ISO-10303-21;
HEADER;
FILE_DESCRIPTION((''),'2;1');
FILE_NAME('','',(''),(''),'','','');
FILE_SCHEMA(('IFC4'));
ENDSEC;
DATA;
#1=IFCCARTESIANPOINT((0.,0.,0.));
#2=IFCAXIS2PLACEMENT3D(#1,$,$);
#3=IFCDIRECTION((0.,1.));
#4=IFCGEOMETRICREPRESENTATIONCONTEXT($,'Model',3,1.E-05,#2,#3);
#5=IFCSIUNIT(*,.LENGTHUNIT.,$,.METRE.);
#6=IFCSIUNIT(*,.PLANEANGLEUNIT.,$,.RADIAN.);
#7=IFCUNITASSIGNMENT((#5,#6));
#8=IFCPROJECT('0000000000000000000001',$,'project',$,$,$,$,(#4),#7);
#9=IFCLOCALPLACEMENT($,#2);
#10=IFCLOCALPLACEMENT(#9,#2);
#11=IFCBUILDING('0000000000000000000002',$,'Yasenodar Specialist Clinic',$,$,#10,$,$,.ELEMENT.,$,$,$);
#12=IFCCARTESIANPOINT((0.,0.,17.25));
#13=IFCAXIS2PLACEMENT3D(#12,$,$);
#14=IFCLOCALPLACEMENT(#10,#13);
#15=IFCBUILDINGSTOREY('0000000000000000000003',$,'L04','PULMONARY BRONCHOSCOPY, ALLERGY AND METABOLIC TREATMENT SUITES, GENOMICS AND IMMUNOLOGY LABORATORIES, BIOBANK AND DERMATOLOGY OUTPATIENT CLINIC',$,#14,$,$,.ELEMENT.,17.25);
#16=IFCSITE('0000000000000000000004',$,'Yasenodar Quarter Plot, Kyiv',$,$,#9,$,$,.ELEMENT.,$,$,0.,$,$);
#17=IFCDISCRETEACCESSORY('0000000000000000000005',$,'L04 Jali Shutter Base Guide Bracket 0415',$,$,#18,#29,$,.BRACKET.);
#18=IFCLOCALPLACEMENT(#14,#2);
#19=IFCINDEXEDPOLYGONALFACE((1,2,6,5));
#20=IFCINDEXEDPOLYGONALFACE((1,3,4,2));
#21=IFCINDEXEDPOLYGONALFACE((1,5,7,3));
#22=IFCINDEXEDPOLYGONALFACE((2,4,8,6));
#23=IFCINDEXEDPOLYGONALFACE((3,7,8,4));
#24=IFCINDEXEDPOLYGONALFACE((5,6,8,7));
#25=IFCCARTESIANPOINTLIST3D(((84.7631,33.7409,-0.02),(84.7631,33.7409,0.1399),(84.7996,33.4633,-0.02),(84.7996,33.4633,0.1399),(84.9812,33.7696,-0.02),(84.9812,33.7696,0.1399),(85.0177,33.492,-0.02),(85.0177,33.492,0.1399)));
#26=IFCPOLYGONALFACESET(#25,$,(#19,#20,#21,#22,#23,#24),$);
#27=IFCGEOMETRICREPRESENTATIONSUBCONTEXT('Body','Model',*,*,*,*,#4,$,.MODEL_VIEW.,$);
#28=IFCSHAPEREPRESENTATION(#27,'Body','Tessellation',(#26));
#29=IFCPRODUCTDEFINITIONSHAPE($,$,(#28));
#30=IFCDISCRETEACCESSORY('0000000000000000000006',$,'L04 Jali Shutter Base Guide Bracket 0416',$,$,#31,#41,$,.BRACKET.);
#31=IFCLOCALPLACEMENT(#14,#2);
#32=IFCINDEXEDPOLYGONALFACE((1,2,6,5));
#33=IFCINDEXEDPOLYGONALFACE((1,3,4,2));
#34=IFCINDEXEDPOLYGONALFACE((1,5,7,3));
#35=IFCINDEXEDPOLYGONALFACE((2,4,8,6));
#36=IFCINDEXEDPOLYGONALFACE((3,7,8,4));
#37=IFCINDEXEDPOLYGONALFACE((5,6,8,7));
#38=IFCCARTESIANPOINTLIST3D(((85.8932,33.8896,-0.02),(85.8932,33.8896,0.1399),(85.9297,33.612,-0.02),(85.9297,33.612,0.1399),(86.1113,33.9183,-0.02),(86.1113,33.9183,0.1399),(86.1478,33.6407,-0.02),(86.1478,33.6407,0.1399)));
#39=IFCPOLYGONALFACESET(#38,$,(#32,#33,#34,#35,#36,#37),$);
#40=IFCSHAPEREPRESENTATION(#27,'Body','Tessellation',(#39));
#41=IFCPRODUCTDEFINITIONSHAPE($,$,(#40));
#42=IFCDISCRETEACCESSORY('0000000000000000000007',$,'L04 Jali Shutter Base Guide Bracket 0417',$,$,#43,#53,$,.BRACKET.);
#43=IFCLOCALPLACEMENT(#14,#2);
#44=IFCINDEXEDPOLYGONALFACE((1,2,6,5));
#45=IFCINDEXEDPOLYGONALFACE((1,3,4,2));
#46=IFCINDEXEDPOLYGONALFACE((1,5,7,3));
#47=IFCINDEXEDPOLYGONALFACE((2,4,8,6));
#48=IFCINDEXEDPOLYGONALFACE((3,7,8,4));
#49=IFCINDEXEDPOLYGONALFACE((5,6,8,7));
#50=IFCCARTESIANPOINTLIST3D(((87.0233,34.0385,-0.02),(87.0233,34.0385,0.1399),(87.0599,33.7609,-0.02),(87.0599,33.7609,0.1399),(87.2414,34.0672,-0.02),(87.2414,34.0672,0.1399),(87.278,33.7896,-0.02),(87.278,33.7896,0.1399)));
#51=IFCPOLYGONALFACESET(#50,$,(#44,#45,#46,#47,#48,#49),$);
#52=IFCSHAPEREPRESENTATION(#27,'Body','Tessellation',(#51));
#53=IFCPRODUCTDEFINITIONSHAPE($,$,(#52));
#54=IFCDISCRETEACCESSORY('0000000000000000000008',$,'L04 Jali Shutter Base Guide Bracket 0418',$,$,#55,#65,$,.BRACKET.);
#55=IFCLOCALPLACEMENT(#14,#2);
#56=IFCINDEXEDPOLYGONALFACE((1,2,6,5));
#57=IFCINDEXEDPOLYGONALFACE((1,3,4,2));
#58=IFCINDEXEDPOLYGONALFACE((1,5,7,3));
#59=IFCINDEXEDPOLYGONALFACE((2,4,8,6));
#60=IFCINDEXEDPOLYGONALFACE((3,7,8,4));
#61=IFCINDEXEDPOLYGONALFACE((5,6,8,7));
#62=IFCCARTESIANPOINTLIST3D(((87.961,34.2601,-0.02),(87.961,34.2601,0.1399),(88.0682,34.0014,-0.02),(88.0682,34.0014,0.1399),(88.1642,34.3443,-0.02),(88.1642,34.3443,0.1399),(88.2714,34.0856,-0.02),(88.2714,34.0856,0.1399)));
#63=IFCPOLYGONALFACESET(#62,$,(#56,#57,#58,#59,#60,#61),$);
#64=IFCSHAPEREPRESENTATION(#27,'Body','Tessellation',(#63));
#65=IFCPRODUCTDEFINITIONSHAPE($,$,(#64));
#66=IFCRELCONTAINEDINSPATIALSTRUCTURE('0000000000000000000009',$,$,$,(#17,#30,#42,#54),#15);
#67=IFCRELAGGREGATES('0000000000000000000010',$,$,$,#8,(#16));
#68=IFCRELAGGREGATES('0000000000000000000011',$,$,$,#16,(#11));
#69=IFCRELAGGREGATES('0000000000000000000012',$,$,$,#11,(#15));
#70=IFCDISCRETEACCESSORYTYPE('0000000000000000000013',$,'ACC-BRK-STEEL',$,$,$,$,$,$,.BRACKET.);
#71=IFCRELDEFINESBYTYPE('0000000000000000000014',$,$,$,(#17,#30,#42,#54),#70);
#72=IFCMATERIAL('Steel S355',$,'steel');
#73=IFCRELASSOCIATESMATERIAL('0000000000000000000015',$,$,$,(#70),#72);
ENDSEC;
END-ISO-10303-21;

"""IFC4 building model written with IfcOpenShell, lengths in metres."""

from ifc_helpers import new_model, si_unit, direction, frame, origin, origin_2d, place, context, subcontext, project, spatial, rectangle, extrude, material, type_object, element, save


model = new_model("IFC4")

# Units and contexts
model_context = context("Model", 3, precision=1e-05, world=origin(), true_north=direction((0.0, 1.0)))
body_context = subcontext(model_context, "Body", "Model", "MODEL_VIEW")
ifc_project = project(units=[si_unit("LENGTHUNIT", "METRE"), si_unit("PLANEANGLEUNIT", "RADIAN")], contexts=[model_context])

# Site, building, storey
site_placement = place(None, origin())
site = spatial("IfcSite", under=ifc_project, at=site_placement, Name="Yasenodar Quarter Plot, Kyiv", CompositionType="ELEMENT", RefElevation=0.0)
building_placement = place(site_placement, origin())
building = spatial("IfcBuilding", under=site, at=building_placement, Name="Yasenodar Specialist Clinic", CompositionType="ELEMENT")
storey_placement = place(building_placement, frame((0.0, 0.0, 17.25)))
storey = spatial("IfcBuildingStorey", under=building, at=storey_placement, Name="L04", Description="PULMONARY BRONCHOSCOPY, ALLERGY AND METABOLIC TREATMENT SUITES, GENOMICS AND IMMUNOLOGY LABORATORIES, BIOBANK AND DERMATOLOGY OUTPATIENT CLINIC", CompositionType="ELEMENT", Elevation=17.25)

# Shared definitions
ifc_material_1 = material(Name="Steel S355", Category="steel")

# Discrete accessories
discrete_accessory_type = type_object("IfcDiscreteAccessoryType", Name="ACC-BRK-STEEL", PredefinedType="BRACKET", material=ifc_material_1)
for number, where, z_axis, x_axis, name in (
    (1, (84.8904, 33.6165, -0.02), (0.0, 0.0, 1.0), (0.991446, 0.130519, 0.0), "L04 Jali Shutter Base Guide Bracket 0415"),
    (2, (86.0205, 33.7651, -0.02), (0.0, 0.0, 1.0), (0.991446, 0.130519, 0.0), "L04 Jali Shutter Base Guide Bracket 0416"),
    (3, (87.1506, 33.9141, -0.02), (0.0, 0.0, 1.0), (0.991446, 0.130519, 0.0), "L04 Jali Shutter Base Guide Bracket 0417"),
    (4, (88.1162, 34.1729, -0.02), (0.0, 0.0, 1.0), (0.923878, 0.382687, 0.0), "L04 Jali Shutter Base Guide Bracket 0418"),
):
    element("IfcDiscreteAccessory", number, at=place(storey_placement, frame(where, z_axis=z_axis, x_axis=x_axis)), inside=storey, type_object=discrete_accessory_type, Name=name, PredefinedType="BRACKET", context=body_context, shape_type="SweptSolid", body=[
        extrude(rectangle(XDim=0.22, YDim=0.28, at=origin_2d()), origin(), (0.0, 0.0, 1.0), 0.1599),
    ])

save(model, "model.ifc")
